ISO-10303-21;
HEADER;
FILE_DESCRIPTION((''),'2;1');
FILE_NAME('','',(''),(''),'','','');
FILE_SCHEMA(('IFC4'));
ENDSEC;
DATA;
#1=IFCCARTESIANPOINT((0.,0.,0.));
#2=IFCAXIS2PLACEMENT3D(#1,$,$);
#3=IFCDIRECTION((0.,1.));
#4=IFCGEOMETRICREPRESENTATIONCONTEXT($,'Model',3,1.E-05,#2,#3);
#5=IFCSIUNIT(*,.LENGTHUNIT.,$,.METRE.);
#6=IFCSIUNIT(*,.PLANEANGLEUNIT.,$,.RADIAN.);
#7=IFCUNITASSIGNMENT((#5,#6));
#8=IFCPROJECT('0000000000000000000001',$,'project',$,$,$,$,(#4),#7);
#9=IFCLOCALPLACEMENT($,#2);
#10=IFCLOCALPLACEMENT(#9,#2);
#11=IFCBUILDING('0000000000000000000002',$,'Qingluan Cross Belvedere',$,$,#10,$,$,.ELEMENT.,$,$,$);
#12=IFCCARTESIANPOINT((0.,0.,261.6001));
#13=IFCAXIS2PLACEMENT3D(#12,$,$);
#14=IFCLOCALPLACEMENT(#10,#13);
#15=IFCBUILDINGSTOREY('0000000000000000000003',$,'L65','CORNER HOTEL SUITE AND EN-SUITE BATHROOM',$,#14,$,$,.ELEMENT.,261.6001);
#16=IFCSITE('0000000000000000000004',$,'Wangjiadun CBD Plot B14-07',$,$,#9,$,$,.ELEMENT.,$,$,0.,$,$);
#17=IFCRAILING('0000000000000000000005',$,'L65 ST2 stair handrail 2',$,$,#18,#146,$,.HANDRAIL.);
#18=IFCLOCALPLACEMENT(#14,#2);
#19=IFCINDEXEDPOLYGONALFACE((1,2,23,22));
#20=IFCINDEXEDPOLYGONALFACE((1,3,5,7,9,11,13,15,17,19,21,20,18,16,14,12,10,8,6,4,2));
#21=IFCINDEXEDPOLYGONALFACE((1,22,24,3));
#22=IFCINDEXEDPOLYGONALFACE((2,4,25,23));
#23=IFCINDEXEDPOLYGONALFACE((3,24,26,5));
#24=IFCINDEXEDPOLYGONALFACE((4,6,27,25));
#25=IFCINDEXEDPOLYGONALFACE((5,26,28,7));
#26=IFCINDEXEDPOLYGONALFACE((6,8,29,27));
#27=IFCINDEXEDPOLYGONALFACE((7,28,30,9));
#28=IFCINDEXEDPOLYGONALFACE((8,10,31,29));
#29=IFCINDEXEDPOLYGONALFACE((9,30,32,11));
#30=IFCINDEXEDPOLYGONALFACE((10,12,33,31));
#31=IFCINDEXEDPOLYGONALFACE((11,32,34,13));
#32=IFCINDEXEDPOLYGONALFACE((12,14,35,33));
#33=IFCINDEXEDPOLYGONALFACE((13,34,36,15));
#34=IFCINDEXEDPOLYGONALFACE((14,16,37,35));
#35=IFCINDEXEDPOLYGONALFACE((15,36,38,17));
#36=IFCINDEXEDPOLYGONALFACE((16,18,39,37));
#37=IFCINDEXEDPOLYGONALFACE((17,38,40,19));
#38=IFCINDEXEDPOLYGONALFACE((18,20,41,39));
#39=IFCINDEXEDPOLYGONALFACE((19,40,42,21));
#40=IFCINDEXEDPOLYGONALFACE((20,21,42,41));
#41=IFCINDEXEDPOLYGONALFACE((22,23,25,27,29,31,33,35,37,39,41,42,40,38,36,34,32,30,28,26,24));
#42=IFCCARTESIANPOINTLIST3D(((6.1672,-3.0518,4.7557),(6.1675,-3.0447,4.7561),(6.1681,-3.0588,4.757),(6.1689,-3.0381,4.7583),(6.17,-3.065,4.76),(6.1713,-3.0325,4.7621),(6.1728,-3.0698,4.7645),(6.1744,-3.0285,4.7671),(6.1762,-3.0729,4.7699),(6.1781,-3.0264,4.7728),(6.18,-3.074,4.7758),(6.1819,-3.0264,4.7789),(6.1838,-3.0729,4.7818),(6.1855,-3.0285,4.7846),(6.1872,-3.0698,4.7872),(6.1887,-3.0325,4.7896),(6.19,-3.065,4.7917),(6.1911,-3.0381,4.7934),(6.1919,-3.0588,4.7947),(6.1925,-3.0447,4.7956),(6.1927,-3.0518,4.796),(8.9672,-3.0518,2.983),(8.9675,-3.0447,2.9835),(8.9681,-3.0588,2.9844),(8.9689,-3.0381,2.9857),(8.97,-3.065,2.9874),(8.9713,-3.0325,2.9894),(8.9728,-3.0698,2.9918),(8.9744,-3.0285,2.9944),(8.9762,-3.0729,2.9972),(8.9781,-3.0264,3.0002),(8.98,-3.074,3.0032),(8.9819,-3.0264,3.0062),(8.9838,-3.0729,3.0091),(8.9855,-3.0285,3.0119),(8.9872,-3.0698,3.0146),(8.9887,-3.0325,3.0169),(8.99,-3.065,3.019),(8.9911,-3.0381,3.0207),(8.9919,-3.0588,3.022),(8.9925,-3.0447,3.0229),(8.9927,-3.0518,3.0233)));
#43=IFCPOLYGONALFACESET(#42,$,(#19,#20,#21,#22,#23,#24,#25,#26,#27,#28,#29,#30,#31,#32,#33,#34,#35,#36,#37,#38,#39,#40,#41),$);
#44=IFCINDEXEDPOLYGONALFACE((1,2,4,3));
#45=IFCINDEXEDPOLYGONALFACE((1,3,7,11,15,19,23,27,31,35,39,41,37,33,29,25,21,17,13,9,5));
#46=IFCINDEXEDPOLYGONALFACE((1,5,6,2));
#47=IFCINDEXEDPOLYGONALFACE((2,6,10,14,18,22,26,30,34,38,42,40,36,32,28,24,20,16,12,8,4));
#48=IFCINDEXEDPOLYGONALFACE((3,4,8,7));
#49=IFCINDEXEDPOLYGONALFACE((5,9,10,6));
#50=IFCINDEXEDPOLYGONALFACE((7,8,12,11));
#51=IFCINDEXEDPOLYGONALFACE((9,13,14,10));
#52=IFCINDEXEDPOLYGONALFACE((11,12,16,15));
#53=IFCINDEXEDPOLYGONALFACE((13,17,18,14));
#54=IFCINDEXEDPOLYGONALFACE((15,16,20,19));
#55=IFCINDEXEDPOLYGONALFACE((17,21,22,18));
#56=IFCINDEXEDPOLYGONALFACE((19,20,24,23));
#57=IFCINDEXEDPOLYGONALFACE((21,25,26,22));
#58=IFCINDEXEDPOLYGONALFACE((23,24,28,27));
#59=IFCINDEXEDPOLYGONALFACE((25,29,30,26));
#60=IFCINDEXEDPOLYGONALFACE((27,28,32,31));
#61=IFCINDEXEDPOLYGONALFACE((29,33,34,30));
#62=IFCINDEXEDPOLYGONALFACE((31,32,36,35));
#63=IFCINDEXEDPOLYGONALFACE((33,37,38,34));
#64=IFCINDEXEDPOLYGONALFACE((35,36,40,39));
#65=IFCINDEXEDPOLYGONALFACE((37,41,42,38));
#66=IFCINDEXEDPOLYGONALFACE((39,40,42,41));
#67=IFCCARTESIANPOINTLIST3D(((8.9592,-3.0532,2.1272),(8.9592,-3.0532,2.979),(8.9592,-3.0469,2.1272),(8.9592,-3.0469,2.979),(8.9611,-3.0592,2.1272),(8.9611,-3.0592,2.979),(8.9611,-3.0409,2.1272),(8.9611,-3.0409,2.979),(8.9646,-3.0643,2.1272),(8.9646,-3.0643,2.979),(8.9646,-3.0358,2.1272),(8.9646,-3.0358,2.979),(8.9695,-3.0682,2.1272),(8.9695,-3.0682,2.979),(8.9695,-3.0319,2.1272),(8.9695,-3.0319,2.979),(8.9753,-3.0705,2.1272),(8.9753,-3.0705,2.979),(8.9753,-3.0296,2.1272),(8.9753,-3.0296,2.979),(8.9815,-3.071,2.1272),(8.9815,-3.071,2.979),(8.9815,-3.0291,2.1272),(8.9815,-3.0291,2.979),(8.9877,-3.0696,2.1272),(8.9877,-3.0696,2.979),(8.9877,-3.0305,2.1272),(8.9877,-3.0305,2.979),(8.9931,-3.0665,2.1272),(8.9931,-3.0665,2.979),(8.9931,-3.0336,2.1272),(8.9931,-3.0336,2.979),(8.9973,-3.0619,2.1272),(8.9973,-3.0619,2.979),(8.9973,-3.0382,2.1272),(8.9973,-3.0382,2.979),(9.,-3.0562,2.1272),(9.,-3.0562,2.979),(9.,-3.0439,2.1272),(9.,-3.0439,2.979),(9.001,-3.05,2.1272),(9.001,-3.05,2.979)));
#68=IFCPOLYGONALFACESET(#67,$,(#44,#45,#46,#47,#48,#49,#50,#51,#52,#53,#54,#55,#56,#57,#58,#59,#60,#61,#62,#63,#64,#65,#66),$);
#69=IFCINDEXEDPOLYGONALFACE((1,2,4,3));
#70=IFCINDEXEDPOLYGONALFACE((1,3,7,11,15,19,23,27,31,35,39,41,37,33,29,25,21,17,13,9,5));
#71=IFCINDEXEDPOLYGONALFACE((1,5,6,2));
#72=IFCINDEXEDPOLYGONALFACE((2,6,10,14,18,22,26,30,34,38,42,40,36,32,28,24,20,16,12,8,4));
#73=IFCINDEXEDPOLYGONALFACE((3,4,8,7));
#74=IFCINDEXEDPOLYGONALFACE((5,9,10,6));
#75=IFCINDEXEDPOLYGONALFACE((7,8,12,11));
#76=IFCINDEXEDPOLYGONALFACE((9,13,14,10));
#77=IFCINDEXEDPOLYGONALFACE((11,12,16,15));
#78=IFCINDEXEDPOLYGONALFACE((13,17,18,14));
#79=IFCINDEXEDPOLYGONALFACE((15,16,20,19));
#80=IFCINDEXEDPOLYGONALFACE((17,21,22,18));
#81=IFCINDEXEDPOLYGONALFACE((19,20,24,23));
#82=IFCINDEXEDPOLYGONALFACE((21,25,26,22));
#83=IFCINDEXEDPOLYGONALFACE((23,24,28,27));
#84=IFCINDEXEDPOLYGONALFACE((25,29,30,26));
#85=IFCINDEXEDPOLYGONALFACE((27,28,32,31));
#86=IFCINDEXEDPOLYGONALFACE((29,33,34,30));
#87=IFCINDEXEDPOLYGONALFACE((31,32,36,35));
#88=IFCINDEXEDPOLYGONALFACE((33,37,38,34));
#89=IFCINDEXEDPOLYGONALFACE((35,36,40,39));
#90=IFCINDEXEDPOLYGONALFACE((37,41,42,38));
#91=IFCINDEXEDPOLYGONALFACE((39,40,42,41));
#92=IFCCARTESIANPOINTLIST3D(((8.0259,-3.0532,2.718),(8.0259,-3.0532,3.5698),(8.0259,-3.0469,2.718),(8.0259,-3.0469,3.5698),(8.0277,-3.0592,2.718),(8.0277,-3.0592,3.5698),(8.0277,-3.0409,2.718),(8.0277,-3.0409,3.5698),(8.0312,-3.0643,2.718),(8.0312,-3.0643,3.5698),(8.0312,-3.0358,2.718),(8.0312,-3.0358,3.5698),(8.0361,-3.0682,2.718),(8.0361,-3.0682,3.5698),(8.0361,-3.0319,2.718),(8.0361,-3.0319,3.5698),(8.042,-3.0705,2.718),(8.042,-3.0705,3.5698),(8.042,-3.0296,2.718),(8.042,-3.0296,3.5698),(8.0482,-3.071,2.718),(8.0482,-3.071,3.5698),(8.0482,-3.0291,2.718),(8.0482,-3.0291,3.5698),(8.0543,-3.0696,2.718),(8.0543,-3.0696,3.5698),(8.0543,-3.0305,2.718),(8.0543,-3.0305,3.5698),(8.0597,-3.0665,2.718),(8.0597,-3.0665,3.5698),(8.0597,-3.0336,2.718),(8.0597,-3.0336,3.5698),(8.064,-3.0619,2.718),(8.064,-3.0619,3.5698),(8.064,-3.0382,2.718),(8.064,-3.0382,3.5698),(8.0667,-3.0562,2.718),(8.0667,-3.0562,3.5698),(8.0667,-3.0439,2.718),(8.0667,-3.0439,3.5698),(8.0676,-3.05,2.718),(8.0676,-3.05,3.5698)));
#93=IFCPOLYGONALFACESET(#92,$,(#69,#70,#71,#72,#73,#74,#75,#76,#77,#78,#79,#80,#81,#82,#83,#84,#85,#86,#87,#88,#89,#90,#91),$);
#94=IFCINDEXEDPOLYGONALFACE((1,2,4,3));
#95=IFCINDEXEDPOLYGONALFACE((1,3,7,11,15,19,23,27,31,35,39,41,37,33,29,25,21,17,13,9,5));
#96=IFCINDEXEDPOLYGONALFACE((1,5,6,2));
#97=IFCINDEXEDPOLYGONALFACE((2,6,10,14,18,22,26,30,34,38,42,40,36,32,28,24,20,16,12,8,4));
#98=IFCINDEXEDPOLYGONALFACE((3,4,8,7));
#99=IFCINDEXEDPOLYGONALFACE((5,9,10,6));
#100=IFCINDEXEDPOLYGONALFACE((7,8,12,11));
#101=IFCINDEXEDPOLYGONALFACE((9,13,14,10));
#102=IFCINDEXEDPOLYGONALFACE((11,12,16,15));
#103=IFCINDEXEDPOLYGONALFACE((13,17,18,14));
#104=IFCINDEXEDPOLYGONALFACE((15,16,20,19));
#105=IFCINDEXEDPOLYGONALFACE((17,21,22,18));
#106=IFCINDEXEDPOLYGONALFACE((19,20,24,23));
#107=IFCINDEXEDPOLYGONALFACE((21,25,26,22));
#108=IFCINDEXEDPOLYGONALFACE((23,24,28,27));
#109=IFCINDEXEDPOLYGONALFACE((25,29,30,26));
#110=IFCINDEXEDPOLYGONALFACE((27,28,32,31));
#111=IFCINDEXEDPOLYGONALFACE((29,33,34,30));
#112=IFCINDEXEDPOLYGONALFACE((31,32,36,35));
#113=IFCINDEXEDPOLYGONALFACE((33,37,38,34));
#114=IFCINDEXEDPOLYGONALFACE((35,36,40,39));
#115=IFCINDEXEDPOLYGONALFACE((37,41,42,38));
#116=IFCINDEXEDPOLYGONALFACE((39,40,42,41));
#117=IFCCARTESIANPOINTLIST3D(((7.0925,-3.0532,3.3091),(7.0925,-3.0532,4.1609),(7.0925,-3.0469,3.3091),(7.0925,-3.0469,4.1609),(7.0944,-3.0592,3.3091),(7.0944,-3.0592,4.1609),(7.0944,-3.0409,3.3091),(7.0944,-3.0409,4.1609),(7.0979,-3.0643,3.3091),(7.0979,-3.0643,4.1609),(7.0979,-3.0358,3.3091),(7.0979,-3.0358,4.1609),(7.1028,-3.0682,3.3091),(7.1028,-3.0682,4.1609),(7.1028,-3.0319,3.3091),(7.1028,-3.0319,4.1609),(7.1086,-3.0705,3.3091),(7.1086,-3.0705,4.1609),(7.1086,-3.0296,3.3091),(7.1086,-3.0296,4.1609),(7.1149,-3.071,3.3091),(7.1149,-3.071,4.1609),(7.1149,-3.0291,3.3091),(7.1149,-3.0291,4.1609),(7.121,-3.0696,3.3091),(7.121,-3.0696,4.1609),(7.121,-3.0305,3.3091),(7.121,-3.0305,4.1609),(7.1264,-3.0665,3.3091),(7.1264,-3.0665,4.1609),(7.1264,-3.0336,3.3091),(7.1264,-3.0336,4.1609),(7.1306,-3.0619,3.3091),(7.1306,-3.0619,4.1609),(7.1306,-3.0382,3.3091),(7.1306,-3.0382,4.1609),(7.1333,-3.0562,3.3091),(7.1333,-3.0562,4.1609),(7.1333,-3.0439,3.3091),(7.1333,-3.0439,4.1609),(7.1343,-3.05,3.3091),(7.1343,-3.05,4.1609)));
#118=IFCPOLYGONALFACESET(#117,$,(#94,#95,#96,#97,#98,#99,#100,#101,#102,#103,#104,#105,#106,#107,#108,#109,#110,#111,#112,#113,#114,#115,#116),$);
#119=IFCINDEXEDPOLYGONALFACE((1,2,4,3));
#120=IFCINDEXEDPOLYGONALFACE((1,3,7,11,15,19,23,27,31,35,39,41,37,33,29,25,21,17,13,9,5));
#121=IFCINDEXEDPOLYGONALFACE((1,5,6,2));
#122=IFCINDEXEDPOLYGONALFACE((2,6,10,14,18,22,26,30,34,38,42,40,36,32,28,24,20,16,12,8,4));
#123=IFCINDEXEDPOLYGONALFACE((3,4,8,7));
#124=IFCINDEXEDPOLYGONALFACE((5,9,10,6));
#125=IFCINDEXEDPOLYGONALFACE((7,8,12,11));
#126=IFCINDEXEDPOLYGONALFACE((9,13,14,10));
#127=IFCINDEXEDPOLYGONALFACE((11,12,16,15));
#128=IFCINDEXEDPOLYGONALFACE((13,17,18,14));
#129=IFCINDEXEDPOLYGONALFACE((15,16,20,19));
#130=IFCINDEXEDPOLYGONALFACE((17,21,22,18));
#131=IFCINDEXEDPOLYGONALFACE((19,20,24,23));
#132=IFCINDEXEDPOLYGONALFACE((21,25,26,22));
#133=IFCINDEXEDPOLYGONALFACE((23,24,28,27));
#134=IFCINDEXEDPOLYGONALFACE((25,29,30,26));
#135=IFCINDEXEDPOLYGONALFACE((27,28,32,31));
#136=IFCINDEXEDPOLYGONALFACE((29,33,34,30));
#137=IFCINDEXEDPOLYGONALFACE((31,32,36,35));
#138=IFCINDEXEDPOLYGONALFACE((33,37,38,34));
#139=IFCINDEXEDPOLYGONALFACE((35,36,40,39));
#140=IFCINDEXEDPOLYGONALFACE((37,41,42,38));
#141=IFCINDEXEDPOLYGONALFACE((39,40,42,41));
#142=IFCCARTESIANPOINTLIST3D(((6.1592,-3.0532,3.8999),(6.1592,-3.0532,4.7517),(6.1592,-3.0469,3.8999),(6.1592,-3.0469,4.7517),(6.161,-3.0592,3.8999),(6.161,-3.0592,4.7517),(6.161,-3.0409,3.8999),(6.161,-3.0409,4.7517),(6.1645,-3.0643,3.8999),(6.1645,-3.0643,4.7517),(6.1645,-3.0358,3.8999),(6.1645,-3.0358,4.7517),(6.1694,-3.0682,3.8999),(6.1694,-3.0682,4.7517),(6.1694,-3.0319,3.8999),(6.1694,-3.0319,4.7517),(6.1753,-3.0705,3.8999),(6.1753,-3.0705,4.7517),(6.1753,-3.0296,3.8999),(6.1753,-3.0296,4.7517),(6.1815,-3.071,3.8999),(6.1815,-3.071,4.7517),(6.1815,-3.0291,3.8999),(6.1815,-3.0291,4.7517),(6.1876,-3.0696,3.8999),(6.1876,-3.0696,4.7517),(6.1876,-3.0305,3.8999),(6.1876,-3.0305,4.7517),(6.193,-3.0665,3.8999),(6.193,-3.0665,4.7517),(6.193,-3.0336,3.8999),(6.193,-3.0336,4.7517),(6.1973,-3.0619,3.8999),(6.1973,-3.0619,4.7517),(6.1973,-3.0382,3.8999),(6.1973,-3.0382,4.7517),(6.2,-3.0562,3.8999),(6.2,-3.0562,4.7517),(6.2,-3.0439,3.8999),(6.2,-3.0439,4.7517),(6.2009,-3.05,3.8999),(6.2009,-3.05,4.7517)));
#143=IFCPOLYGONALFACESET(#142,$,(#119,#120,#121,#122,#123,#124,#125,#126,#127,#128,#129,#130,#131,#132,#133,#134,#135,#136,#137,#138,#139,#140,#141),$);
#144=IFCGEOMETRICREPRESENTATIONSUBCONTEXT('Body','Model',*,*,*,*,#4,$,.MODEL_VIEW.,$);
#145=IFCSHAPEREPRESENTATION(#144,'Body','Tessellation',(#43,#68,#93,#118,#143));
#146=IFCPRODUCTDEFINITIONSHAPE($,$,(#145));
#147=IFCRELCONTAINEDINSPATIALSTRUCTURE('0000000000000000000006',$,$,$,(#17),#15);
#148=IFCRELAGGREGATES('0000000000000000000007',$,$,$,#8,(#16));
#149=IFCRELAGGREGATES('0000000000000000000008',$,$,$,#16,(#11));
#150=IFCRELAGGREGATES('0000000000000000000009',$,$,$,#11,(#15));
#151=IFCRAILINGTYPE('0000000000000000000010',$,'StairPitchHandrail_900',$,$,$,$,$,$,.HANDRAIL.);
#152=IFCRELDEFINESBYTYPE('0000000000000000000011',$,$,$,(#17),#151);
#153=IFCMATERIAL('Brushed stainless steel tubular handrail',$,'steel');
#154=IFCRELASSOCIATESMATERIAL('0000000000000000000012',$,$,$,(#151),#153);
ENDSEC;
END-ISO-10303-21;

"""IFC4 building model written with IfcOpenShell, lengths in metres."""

from ifc_helpers import new_model, si_unit, direction, frame, origin, origin_2d, place, context, subcontext, project, spatial, circle, extrude, material, type_object, element, save


model = new_model("IFC4")

# Units and contexts
model_context = context("Model", 3, precision=1e-05, world=origin(), true_north=direction((0.0, 1.0)))
body_context = subcontext(model_context, "Body", "Model", "MODEL_VIEW")
ifc_project = project(units=[si_unit("LENGTHUNIT", "METRE"), si_unit("PLANEANGLEUNIT", "RADIAN")], contexts=[model_context])

# Site, building, storey
site_placement = place(None, origin())
site = spatial("IfcSite", under=ifc_project, at=site_placement, Name="Wangjiadun CBD Plot B14-07", CompositionType="ELEMENT", RefElevation=0.0)
building_placement = place(site_placement, origin())
building = spatial("IfcBuilding", under=site, at=building_placement, Name="Qingluan Cross Belvedere", CompositionType="ELEMENT")
storey_placement = place(building_placement, frame((0.0, 0.0, 261.6001)))
storey = spatial("IfcBuildingStorey", under=building, at=storey_placement, Name="L65", Description="CORNER HOTEL SUITE AND EN-SUITE BATHROOM", CompositionType="ELEMENT", Elevation=261.6001)

# Railing
ifc_material_1 = material(Name="Brushed stainless steel tubular handrail", Category="steel")
railing_type_1 = type_object("IfcRailingType", Name="StairPitchHandrail_900", PredefinedType="HANDRAIL", material=ifc_material_1)
railing_1_placement = place(storey_placement, frame((8.98, -3.05, 2.1272)))
element("IfcRailing", 1, at=railing_1_placement, inside=storey, type_object=railing_type_1, Name="L65 ST2 stair handrail 2", PredefinedType="HANDRAIL", context=body_context, shape_type="SweptSolid", body=[
    extrude(circle(Radius=0.0239, at=origin_2d()), frame((0.0, 0.0, 0.876), z_axis=(-0.844909, 0.0, 0.53491), x_axis=(0.0, -1.0, 0.0)), (0.0, 0.0, 1.0), 3.314),
    extrude(circle(Radius=0.021, at=origin_2d()), origin(), (0.0, 0.0, 1.0), 0.8518),
    extrude(circle(Radius=0.021, at=origin_2d()), frame((-0.9333, 0.0, 0.5908)), (0.0, 0.0, 1.0), 0.8518),
    extrude(circle(Radius=0.021, at=origin_2d()), frame((-1.8667, 0.0, 1.1819)), (0.0, 0.0, 1.0), 0.8518),
    extrude(circle(Radius=0.021, at=origin_2d()), frame((-2.8, 0.0, 1.7727)), (0.0, 0.0, 1.0), 0.8518),
])

save(model, "model.ifc")
